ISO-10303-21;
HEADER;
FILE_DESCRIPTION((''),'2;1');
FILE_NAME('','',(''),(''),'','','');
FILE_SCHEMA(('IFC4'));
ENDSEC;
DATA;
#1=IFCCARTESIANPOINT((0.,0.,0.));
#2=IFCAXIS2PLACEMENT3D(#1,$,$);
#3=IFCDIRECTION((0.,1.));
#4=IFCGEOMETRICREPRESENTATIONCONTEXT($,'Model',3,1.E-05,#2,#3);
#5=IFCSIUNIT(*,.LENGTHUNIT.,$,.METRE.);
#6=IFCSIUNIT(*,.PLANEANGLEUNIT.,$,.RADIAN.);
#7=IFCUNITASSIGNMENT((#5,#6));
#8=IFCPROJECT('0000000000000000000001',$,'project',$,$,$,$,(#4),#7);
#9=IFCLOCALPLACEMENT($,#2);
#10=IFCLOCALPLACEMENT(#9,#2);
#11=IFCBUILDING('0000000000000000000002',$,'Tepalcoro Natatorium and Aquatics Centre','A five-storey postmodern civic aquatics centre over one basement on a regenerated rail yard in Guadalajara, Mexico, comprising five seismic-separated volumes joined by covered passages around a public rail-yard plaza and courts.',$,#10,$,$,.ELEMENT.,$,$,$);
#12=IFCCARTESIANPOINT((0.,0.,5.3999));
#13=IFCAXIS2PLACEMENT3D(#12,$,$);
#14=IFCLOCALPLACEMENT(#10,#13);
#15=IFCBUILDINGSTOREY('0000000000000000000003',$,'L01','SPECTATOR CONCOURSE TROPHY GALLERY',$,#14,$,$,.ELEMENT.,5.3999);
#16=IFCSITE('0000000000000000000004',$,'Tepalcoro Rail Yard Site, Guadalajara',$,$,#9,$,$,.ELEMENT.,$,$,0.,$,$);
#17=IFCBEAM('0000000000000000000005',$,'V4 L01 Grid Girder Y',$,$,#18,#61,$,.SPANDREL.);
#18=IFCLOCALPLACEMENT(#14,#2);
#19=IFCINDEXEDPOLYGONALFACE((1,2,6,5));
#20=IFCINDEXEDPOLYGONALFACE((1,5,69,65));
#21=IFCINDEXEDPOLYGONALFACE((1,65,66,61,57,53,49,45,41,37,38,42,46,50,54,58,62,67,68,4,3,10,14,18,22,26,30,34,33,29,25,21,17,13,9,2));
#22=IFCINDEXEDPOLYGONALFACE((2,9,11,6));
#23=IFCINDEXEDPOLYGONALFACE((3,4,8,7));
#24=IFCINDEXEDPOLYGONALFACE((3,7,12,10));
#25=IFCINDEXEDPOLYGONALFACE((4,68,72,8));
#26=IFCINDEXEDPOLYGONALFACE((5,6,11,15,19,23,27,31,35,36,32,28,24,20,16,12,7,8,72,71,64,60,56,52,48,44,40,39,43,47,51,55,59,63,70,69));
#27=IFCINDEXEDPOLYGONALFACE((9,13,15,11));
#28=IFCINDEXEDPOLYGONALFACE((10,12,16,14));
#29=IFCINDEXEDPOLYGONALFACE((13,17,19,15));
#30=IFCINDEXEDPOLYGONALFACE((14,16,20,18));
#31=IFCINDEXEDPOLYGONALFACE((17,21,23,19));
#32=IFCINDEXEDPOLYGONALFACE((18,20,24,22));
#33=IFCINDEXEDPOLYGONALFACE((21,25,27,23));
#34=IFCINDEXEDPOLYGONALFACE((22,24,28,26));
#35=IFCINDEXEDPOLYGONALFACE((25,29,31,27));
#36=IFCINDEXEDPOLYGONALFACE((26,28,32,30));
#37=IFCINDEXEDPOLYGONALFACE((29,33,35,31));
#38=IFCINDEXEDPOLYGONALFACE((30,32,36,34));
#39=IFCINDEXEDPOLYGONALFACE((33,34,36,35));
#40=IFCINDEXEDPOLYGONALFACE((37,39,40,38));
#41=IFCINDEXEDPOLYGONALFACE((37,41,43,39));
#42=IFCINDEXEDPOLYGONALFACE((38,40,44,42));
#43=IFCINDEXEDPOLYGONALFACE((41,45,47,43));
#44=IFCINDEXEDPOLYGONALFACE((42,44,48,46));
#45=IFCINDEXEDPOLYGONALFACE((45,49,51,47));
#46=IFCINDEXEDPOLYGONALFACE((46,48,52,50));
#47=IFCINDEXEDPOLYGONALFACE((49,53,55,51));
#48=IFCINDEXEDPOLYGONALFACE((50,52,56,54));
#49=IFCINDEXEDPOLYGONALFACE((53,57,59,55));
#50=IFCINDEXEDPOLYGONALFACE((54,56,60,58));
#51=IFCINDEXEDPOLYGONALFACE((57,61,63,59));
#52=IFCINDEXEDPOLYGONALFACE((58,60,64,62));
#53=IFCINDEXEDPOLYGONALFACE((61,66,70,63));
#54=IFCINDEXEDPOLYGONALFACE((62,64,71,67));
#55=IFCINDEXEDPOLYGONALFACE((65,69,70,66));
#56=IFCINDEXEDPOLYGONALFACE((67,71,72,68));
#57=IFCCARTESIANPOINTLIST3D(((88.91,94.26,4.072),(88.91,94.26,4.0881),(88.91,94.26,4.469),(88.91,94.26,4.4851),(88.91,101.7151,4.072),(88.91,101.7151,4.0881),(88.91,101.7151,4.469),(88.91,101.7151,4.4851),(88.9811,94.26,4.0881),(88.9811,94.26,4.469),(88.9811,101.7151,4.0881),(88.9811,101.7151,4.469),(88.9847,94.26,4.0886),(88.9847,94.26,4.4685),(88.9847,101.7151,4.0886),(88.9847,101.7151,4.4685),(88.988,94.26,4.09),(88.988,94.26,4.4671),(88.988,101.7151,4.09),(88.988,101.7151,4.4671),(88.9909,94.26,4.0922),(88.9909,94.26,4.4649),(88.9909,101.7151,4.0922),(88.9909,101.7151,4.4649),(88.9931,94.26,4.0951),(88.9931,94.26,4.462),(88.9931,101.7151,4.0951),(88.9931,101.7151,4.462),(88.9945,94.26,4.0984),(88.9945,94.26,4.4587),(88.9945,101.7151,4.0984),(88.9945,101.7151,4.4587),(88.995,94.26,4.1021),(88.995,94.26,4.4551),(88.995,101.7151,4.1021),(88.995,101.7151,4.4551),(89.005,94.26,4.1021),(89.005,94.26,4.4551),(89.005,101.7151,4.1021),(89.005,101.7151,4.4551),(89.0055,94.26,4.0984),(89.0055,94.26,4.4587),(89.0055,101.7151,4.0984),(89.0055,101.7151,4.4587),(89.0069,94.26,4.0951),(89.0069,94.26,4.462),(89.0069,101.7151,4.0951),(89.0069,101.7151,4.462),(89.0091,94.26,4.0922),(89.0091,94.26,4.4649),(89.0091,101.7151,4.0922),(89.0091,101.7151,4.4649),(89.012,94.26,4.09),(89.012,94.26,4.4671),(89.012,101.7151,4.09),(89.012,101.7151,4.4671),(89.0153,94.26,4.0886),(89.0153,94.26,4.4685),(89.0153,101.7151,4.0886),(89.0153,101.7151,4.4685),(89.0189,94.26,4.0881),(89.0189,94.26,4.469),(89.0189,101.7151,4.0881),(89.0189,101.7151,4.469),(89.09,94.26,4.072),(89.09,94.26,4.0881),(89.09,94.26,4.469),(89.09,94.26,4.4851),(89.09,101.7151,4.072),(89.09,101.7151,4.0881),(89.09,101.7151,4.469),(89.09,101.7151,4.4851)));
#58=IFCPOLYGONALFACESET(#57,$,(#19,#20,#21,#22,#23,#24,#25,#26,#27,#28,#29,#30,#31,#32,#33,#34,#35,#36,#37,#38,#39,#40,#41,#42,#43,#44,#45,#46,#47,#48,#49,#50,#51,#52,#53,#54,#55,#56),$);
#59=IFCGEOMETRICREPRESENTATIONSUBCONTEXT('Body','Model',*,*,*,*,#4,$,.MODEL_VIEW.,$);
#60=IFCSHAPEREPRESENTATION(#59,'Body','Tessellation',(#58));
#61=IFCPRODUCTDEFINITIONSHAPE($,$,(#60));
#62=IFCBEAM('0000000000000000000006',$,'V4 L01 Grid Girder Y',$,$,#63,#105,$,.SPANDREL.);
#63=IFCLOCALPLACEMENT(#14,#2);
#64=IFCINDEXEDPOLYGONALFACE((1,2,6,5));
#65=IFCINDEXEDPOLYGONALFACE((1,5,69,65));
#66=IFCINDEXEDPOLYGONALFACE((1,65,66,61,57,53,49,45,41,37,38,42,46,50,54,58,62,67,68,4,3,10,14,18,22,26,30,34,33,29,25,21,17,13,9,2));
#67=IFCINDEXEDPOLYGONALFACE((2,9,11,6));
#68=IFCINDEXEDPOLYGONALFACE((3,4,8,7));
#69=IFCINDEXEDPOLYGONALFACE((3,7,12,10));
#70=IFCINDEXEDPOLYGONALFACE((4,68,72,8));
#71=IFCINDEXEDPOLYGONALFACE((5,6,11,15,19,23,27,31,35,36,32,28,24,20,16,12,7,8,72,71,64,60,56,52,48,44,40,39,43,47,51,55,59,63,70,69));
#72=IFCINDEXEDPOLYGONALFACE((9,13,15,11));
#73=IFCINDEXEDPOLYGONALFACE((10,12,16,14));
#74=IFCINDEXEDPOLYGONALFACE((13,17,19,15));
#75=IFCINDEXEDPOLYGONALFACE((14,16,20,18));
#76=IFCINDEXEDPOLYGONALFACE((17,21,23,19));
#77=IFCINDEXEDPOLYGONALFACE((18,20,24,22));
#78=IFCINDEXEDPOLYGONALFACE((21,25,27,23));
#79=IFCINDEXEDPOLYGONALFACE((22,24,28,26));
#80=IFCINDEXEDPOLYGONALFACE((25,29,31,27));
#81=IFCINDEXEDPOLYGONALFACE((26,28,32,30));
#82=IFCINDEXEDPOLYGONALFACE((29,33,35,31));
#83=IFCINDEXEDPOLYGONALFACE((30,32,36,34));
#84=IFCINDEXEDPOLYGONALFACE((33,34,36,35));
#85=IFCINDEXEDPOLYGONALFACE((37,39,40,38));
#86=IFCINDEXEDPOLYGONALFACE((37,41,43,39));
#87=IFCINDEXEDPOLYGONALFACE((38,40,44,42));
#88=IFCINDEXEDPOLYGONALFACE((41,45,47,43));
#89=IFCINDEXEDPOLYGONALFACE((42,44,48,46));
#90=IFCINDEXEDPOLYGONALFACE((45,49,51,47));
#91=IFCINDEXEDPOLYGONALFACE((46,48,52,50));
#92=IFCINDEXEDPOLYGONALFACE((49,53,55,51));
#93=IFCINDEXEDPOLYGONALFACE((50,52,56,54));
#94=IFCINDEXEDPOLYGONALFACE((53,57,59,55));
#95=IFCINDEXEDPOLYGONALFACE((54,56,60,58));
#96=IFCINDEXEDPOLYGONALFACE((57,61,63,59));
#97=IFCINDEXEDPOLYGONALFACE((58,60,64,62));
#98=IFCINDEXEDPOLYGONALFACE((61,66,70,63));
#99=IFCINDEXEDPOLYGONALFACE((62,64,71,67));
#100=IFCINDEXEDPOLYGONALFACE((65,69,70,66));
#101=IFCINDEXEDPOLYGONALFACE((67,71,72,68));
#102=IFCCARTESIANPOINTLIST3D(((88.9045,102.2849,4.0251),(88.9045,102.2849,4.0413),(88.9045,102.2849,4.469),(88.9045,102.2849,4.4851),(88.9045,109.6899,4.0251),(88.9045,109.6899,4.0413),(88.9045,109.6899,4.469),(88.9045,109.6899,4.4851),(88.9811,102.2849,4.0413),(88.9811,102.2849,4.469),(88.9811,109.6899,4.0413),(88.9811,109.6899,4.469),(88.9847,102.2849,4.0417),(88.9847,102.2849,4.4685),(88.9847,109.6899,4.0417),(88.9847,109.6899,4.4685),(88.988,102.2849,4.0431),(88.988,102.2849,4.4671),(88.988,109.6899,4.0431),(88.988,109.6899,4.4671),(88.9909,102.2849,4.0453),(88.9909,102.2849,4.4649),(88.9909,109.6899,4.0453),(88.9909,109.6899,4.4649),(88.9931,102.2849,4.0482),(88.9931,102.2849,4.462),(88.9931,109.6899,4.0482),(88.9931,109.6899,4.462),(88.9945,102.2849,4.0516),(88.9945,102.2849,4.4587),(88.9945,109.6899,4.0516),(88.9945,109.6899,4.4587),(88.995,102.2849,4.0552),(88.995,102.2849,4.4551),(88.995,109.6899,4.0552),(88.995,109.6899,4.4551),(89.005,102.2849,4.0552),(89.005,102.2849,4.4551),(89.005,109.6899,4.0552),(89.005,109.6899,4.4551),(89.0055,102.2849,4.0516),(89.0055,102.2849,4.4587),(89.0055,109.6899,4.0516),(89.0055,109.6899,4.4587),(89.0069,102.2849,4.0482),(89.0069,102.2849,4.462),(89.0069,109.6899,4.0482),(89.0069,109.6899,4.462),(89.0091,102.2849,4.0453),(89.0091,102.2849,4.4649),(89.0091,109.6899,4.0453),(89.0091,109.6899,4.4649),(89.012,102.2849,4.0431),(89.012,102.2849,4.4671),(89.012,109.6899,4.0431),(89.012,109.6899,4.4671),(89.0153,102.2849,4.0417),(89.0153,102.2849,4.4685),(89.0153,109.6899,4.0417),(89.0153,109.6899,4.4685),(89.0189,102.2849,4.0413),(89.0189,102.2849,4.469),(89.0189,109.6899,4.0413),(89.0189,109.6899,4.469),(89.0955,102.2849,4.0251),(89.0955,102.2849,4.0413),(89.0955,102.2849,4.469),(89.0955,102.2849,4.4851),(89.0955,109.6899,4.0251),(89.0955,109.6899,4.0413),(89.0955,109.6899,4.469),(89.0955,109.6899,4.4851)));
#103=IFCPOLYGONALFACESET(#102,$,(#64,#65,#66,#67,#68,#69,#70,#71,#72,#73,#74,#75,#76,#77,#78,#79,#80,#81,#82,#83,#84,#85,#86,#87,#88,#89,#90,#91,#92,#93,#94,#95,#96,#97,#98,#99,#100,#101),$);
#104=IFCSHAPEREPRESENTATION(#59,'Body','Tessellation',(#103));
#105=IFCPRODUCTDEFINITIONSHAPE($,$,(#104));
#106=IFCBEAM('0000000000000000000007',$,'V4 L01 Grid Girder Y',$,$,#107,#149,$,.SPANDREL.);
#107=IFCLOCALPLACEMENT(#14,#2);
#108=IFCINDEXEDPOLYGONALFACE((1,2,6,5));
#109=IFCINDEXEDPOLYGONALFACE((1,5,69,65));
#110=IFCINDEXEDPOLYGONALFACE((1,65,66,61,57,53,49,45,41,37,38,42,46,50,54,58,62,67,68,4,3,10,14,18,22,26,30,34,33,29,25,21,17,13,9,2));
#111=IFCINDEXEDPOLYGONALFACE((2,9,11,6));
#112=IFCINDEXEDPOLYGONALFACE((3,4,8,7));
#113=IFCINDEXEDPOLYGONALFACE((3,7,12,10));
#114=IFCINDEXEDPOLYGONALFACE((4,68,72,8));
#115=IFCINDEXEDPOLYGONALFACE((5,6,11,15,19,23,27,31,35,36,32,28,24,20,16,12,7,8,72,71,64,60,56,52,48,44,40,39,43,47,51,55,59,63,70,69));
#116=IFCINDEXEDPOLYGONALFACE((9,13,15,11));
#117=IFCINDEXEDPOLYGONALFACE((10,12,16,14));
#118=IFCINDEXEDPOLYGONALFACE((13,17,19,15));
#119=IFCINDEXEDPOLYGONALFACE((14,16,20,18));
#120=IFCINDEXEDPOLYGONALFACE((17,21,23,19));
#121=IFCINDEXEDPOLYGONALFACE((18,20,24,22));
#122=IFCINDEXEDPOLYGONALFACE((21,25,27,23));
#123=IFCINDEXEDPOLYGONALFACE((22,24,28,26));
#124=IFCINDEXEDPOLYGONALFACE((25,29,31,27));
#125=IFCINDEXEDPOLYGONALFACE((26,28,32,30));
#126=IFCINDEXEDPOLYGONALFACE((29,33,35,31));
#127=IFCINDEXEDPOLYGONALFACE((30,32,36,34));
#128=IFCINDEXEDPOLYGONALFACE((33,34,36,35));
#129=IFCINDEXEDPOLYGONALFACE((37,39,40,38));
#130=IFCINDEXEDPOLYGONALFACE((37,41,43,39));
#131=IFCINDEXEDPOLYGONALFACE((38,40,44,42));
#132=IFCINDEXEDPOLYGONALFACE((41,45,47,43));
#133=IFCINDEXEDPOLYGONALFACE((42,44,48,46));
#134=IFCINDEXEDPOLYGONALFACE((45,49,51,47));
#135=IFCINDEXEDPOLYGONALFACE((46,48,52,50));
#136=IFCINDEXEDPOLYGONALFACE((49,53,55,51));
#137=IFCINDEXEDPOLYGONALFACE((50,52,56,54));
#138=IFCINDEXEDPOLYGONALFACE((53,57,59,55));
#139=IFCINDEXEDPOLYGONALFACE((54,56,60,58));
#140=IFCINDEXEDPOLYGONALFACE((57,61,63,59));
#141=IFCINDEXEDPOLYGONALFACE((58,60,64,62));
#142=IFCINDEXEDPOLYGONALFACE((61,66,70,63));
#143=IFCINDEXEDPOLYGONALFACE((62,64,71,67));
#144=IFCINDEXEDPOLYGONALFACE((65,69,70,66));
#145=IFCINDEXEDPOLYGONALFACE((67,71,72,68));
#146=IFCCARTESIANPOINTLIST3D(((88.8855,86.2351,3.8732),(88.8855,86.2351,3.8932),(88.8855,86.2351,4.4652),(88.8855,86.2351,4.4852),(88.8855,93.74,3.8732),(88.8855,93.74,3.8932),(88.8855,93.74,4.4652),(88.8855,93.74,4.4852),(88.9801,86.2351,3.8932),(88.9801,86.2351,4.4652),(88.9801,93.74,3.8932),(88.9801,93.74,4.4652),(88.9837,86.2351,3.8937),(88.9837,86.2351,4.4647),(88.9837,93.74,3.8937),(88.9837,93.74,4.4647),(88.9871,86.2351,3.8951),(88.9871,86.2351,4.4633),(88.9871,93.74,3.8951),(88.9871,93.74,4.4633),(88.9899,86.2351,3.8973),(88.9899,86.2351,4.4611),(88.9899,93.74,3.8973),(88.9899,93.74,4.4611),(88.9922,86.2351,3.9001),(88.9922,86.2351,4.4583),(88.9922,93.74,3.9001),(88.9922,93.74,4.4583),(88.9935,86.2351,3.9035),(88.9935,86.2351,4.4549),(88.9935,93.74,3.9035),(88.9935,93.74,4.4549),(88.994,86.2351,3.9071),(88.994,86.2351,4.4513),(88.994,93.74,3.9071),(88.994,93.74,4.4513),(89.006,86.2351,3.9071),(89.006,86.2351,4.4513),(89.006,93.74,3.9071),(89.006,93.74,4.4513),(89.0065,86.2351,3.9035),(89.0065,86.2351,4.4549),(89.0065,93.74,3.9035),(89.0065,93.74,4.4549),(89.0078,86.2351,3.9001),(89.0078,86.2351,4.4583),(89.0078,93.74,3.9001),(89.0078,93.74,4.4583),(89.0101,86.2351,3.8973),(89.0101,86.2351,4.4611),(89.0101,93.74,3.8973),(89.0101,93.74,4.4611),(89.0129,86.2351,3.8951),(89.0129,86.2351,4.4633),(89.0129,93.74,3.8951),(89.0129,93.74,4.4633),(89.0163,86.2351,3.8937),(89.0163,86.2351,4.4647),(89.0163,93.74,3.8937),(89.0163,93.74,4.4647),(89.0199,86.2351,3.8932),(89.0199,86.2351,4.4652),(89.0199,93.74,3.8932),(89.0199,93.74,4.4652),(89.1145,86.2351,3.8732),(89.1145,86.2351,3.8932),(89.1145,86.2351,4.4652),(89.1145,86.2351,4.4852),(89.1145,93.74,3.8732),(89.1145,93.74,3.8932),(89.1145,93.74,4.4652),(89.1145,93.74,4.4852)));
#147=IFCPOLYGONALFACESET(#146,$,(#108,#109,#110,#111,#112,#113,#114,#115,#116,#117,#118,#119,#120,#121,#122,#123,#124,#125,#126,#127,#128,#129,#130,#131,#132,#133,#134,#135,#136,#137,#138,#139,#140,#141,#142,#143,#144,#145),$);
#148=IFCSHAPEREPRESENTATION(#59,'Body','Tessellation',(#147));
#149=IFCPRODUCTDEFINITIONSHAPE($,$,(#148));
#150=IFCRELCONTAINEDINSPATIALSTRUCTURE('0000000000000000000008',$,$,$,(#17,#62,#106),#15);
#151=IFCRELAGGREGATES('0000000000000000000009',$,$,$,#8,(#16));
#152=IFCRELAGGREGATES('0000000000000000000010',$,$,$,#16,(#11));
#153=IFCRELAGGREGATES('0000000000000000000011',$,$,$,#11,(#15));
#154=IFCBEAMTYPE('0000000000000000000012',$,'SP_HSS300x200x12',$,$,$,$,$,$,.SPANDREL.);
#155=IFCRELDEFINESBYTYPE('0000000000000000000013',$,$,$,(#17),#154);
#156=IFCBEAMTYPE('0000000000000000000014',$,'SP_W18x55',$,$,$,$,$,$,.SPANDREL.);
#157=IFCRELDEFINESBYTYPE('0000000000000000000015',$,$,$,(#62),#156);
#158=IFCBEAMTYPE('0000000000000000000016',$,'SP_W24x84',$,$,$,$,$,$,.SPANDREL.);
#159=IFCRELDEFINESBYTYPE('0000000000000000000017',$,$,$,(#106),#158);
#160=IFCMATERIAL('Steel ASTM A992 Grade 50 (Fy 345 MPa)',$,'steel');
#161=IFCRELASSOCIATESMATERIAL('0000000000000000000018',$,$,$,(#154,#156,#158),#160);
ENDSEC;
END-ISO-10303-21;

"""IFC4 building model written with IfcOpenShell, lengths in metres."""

from ifc_helpers import new_model, si_unit, direction, frame, origin, origin_2d, place, context, subcontext, project, spatial, i_section, extrude, material, material_profile, profile_set, type_object, element, save


model = new_model("IFC4")

# Units and contexts
model_context = context("Model", 3, precision=1e-05, world=origin(), true_north=direction((0.0, 1.0)))
body_context = subcontext(model_context, "Body", "Model", "MODEL_VIEW")
ifc_project = project(units=[si_unit("LENGTHUNIT", "METRE"), si_unit("PLANEANGLEUNIT", "RADIAN")], contexts=[model_context])

# Site, building, storey
site_placement = place(None, origin())
site = spatial("IfcSite", under=ifc_project, at=site_placement, Name="Tepalcoro Rail Yard Site, Guadalajara", CompositionType="ELEMENT", RefElevation=0.0)
building_placement = place(site_placement, origin())
building = spatial("IfcBuilding", under=site, at=building_placement, Name="Tepalcoro Natatorium and Aquatics Centre", Description="A five-storey postmodern civic aquatics centre over one basement on a regenerated rail yard in Guadalajara, Mexico, comprising five seismic-separated volumes joined by covered passages around a public rail-yard plaza and courts.", CompositionType="ELEMENT")
storey_placement = place(building_placement, frame((0.0, 0.0, 5.3999)))
storey = spatial("IfcBuildingStorey", under=building, at=storey_placement, Name="L01", Description="SPECTATOR CONCOURSE TROPHY GALLERY", CompositionType="ELEMENT", Elevation=5.3999)

# Beams
ifc_material_1 = material(Name="Steel ASTM A992 Grade 50 (Fy 345 MPa)", Category="steel")
ifc_material_profile_1 = material_profile(ifc_material_1, i_section(OverallWidth=0.1799, OverallDepth=0.4131, WebThickness=0.01, FlangeThickness=0.0161, FilletRadius=0.0139, at=origin_2d()), Name="W16X50")
ifc_profile_set_1 = profile_set([ifc_material_profile_1], Name="Steel ASTM A992 Grade 50 (Fy 345 MPa)")
beam_type_1 = type_object("IfcBeamType", Name="SP_HSS300x200x12", PredefinedType="SPANDREL", material=ifc_profile_set_1)
beam_1_placement = place(storey_placement, frame((89.0, 94.26, 4.2786), z_axis=(0.0, 1.0, 0.0), x_axis=(-1.0, 0.0, 0.0)))
element("IfcBeam", 1, at=beam_1_placement, inside=storey, type_object=beam_type_1, Name="V4 L01 Grid Girder Y", PredefinedType="SPANDREL", context=body_context, shape_type="SweptSolid", body=[
    extrude(i_section(OverallWidth=0.1799, OverallDepth=0.4131, WebThickness=0.01, FlangeThickness=0.0161, FilletRadius=0.0139, at=origin_2d()), origin(), (0.0, 0.0, 1.0), 7.4551),
])
ifc_material_profile_2 = material_profile(ifc_material_1, i_section(OverallWidth=0.1909, OverallDepth=0.46, WebThickness=0.01, FlangeThickness=0.0161, FilletRadius=0.0139, at=origin_2d()), Name="W18X55")
ifc_profile_set_2 = profile_set([ifc_material_profile_2], Name="Steel ASTM A992 Grade 50 (Fy 345 MPa)")
beam_type_2 = type_object("IfcBeamType", Name="SP_W18x55", PredefinedType="SPANDREL", material=ifc_profile_set_2)
beam_2_placement = place(storey_placement, frame((89.0, 102.2849, 4.2551), z_axis=(0.0, 1.0, 0.0), x_axis=(-1.0, 0.0, 0.0)))
element("IfcBeam", 2, at=beam_2_placement, inside=storey, type_object=beam_type_2, Name="V4 L01 Grid Girder Y", PredefinedType="SPANDREL", context=body_context, shape_type="SweptSolid", body=[
    extrude(i_section(OverallWidth=0.1909, OverallDepth=0.46, WebThickness=0.01, FlangeThickness=0.0161, FilletRadius=0.0139, at=origin_2d()), origin(), (0.0, 0.0, 1.0), 7.405),
])
ifc_material_profile_3 = material_profile(ifc_material_1, i_section(OverallWidth=0.229, OverallDepth=0.6121, WebThickness=0.012, FlangeThickness=0.02, FilletRadius=0.0139, at=origin_2d()), Name="W24X84")
ifc_profile_set_3 = profile_set([ifc_material_profile_3], Name="Steel ASTM A992 Grade 50 (Fy 345 MPa)")
beam_type_3 = type_object("IfcBeamType", Name="SP_W24x84", PredefinedType="SPANDREL", material=ifc_profile_set_3)
beam_3_placement = place(storey_placement, frame((89.0, 86.2351, 4.1792), z_axis=(0.0, 1.0, 0.0), x_axis=(-1.0, 0.0, 0.0)))
element("IfcBeam", 3, at=beam_3_placement, inside=storey, type_object=beam_type_3, Name="V4 L01 Grid Girder Y", PredefinedType="SPANDREL", context=body_context, shape_type="SweptSolid", body=[
    extrude(i_section(OverallWidth=0.229, OverallDepth=0.6121, WebThickness=0.012, FlangeThickness=0.02, FilletRadius=0.0139, at=origin_2d()), origin(), (0.0, 0.0, 1.0), 7.5049),
])

save(model, "model.ifc")
